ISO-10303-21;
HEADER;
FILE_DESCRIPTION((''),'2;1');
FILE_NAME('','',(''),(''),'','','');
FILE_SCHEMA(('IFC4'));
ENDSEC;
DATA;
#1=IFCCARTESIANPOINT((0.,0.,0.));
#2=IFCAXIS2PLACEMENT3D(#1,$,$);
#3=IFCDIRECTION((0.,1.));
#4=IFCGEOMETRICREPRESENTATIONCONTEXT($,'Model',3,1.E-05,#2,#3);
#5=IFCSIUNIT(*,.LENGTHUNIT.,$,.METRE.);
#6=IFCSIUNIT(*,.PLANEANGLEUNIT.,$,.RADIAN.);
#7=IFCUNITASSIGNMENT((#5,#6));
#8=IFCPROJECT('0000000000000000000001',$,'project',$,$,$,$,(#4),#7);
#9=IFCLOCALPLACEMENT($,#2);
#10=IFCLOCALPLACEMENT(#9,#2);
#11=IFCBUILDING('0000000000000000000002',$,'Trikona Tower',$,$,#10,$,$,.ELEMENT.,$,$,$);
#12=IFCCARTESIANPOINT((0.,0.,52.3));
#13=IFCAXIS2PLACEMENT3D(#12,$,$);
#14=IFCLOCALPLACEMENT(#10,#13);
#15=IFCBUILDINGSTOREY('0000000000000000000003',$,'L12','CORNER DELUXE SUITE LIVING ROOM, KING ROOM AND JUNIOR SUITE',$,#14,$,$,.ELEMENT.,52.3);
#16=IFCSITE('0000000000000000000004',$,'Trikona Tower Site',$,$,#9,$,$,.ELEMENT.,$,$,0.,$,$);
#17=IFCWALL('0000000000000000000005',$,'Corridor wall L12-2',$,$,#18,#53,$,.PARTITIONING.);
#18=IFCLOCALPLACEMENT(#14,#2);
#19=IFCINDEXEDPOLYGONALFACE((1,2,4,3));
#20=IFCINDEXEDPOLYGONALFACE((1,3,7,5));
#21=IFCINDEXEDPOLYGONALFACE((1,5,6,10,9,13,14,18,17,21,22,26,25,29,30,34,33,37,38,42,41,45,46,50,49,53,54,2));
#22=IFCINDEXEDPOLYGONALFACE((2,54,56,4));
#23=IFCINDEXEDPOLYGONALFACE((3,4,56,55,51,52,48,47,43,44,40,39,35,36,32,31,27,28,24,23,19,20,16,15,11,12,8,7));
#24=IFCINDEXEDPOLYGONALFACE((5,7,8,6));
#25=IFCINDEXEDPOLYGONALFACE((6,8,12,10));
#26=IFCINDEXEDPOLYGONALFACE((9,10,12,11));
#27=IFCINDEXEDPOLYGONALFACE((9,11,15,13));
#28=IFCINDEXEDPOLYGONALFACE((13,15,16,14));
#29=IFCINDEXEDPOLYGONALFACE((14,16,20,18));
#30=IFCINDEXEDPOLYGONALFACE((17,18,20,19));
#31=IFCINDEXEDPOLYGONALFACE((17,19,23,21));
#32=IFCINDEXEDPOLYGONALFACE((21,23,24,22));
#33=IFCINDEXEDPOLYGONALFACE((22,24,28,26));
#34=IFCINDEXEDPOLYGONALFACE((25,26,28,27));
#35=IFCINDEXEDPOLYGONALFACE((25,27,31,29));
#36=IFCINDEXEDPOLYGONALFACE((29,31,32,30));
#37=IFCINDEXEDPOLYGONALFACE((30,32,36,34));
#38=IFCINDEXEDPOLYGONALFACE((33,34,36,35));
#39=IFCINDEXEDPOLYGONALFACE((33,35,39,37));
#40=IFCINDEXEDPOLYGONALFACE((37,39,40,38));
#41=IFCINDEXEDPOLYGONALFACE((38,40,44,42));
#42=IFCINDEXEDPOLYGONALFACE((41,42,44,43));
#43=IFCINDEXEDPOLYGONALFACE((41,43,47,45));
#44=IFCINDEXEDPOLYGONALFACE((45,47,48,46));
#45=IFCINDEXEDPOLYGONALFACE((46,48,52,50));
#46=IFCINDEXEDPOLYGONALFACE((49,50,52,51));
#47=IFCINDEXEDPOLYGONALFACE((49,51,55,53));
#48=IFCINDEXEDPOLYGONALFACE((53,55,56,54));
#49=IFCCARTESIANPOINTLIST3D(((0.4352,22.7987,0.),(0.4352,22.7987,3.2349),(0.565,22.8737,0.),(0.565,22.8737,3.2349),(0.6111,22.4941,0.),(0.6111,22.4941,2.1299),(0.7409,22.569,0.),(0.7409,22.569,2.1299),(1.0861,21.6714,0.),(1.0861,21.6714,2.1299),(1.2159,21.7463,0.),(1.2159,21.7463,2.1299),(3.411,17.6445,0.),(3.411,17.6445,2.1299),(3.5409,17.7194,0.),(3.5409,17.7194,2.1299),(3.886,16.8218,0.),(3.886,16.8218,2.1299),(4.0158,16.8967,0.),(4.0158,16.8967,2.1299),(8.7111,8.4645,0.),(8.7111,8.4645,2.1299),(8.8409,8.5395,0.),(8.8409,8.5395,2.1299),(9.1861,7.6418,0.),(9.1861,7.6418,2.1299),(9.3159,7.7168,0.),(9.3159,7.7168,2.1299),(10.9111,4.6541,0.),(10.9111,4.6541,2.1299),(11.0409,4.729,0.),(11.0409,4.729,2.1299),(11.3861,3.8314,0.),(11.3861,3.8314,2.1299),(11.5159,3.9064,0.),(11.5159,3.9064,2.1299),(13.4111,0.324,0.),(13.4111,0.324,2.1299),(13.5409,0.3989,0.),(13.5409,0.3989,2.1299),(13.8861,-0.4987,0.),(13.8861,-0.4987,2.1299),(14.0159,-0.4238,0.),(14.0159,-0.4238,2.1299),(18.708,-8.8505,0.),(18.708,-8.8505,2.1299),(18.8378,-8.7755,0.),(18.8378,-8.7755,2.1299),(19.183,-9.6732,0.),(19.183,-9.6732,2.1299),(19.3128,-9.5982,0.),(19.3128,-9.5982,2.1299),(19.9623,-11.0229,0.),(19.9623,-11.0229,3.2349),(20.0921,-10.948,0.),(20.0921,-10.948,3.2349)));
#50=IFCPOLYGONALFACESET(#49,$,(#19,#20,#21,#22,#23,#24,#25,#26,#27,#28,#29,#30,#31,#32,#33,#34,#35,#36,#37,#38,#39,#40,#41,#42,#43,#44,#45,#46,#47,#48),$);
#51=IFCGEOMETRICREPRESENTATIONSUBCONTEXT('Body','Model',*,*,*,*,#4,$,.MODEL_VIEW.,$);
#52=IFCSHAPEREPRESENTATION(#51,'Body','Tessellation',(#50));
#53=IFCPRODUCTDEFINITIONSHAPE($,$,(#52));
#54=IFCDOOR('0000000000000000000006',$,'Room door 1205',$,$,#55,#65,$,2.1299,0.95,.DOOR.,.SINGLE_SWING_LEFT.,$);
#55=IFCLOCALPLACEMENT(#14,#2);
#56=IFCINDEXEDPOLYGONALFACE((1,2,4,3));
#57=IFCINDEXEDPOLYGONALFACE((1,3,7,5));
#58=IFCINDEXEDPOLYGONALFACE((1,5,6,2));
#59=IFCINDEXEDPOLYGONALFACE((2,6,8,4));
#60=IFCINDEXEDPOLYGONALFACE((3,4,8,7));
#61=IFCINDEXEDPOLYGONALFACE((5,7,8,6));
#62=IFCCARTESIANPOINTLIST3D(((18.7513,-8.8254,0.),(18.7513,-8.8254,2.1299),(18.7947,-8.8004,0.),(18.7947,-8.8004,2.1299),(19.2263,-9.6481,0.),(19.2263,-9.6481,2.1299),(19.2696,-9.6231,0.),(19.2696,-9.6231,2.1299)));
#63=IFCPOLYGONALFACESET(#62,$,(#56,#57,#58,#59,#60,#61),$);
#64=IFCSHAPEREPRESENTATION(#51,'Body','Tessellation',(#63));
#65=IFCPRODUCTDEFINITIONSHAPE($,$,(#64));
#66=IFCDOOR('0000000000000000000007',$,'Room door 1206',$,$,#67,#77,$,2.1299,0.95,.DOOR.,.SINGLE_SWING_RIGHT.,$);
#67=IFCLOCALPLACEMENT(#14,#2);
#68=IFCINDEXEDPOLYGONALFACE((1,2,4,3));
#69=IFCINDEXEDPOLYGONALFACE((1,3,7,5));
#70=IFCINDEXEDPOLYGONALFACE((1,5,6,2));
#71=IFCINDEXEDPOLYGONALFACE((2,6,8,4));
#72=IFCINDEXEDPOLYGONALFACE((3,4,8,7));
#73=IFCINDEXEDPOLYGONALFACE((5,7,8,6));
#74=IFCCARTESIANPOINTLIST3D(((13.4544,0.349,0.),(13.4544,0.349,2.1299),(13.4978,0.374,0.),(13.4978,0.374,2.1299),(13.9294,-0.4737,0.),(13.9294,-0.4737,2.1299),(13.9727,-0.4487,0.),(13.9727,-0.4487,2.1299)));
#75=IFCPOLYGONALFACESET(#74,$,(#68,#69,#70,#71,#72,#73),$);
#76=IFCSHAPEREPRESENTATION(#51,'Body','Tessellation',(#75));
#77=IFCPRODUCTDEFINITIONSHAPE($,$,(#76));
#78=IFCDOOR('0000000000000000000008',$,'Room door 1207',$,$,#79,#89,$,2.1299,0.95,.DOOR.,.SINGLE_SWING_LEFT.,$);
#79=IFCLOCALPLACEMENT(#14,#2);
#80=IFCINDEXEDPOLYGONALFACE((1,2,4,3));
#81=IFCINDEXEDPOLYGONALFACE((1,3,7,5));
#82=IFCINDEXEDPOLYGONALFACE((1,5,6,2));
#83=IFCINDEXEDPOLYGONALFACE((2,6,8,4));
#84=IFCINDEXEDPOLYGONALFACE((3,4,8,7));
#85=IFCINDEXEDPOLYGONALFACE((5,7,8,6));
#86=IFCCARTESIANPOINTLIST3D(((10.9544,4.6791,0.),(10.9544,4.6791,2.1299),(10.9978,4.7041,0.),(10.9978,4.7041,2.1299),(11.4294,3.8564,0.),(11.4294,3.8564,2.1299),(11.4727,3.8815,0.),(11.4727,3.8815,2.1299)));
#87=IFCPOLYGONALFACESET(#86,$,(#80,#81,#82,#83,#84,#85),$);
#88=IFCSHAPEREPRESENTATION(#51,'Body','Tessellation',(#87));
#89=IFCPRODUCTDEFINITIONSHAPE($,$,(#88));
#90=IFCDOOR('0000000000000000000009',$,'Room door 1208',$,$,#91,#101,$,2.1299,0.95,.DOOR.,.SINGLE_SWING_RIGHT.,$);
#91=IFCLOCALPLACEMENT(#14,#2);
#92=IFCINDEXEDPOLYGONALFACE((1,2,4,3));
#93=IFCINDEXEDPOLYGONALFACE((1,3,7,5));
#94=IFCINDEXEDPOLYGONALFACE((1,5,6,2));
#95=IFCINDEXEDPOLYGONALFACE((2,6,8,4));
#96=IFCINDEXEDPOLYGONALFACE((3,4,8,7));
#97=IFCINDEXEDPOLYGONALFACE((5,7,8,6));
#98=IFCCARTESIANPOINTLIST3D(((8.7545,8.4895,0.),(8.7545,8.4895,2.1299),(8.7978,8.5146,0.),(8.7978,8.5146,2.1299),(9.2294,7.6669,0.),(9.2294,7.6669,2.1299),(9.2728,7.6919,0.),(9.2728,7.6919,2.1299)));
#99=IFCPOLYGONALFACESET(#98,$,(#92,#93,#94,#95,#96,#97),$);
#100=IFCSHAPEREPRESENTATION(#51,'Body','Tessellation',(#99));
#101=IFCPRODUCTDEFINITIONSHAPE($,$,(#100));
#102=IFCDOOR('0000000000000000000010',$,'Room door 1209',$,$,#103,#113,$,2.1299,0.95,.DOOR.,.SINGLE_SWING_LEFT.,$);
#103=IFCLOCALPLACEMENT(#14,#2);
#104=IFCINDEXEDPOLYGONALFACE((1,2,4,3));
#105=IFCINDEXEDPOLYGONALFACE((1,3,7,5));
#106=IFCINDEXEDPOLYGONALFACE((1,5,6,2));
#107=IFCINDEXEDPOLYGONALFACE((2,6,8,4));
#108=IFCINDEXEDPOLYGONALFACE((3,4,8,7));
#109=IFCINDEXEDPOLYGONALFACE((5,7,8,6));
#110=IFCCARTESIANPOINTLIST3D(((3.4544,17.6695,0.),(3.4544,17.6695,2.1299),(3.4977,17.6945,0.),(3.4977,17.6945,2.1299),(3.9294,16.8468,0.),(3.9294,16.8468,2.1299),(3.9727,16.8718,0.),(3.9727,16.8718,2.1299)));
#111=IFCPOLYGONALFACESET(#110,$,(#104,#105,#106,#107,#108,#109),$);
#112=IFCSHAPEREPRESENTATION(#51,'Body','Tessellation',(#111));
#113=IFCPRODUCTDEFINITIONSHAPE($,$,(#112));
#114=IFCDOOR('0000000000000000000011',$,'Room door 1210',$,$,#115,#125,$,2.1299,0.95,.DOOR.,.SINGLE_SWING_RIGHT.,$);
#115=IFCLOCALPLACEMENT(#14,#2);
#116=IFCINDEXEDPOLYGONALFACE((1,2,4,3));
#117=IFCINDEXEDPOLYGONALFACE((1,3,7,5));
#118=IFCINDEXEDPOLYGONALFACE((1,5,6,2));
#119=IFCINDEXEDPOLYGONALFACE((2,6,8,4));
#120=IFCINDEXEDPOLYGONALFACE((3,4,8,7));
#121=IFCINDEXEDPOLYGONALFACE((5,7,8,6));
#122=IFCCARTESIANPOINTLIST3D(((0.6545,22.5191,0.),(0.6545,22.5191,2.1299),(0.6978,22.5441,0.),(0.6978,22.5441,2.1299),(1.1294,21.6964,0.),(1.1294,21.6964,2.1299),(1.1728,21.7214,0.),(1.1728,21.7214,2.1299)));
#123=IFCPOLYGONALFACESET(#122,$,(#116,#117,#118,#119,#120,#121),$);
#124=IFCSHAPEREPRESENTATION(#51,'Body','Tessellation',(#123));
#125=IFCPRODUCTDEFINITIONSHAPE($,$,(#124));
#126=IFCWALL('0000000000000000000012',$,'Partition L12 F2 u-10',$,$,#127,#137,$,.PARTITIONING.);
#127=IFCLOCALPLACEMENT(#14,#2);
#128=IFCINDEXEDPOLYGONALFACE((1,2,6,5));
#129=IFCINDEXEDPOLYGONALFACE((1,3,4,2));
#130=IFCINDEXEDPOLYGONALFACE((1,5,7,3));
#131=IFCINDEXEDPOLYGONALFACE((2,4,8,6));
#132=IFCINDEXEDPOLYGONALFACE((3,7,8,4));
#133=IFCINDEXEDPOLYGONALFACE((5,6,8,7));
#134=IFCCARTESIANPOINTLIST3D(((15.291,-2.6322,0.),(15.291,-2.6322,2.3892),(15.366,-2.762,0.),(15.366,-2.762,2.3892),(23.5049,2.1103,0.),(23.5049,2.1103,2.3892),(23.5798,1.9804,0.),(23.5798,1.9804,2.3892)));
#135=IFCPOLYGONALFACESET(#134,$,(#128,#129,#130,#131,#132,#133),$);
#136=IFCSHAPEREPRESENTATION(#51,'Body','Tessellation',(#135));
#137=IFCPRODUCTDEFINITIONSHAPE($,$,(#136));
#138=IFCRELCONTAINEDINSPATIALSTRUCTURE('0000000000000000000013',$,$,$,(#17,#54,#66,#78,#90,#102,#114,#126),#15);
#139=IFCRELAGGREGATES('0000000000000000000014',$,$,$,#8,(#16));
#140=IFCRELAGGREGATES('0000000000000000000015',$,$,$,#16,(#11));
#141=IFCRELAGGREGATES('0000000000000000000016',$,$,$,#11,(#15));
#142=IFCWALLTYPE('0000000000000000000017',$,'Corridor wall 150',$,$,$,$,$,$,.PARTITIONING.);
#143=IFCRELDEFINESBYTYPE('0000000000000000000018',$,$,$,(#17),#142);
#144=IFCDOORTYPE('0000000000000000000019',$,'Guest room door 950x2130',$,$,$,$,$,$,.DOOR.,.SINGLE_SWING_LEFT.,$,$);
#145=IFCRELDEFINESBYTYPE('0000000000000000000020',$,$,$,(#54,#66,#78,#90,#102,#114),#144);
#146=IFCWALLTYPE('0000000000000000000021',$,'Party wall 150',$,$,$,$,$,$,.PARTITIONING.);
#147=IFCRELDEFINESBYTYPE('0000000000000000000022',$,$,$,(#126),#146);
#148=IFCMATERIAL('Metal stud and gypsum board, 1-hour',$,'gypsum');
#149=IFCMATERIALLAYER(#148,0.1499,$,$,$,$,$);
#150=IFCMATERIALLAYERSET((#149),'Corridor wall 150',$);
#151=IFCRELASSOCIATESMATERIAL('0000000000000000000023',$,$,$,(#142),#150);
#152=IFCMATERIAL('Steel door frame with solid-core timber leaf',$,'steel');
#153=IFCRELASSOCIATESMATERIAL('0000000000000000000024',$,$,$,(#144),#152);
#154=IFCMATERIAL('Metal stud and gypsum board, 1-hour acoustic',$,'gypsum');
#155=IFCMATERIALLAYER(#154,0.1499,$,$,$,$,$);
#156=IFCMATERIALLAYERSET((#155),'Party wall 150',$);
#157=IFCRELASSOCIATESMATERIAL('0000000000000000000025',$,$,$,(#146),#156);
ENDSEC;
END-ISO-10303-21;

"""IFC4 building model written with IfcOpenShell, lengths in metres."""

from ifc_helpers import new_model, si_unit, direction, frame, frame_2d, origin, place, context, subcontext, project, spatial, rectangle, extrude, material, layer, layer_set, type_object, element, fill, save


model = new_model("IFC4")

# Units and contexts
model_context = context("Model", 3, precision=1e-05, world=origin(), true_north=direction((0.0, 1.0)))
body_context = subcontext(model_context, "Body", "Model", "MODEL_VIEW")
ifc_project = project(units=[si_unit("LENGTHUNIT", "METRE"), si_unit("PLANEANGLEUNIT", "RADIAN")], contexts=[model_context])

# Site, building, storey
site_placement = place(None, origin())
site = spatial("IfcSite", under=ifc_project, at=site_placement, Name="Trikona Tower Site", CompositionType="ELEMENT", RefElevation=0.0)
building_placement = place(site_placement, origin())
building = spatial("IfcBuilding", under=site, at=building_placement, Name="Trikona Tower", CompositionType="ELEMENT")
storey_placement = place(building_placement, frame((0.0, 0.0, 52.3)))
storey = spatial("IfcBuildingStorey", under=building, at=storey_placement, Name="L12", Description="CORNER DELUXE SUITE LIVING ROOM, KING ROOM AND JUNIOR SUITE", CompositionType="ELEMENT", Elevation=52.3)

# Wall, openings, doors
ifc_material_1 = material(Name="Metal stud and gypsum board, 1-hour", Category="gypsum")
ifc_layer_1 = layer(ifc_material_1, 0.1499)
ifc_layer_set_1 = layer_set([ifc_layer_1], Name="Corridor wall 150")
wall_type_1 = type_object("IfcWallType", Name="Corridor wall 150", PredefinedType="PARTITIONING", material=ifc_layer_set_1)
wall_1_placement = place(storey_placement, frame((20.0271, -10.9854, 0.0), z_axis=(0.0, 0.0, 1.0), x_axis=(-0.500002, 0.866024, 0.0)))
wall_1 = element("IfcWall", 1, at=wall_1_placement, inside=storey, type_object=wall_type_1, Name="Corridor wall L12-2", PredefinedType="PARTITIONING", context=body_context, shape_type="SweptSolid", body=[
    extrude(rectangle(XDim=39.054, YDim=0.1499, at=frame_2d((19.5269, 0.0))), origin(), (0.0, 0.0, 1.0), 3.2349),
])
opening_1_placement = place(wall_1_placement, frame((1.5583, 0.0, 0.0)))
opening_1 = element("IfcOpeningElement", 2, at=opening_1_placement, cuts=wall_1, PredefinedType="OPENING", context=body_context, shape_type="SweptSolid", body=[
    extrude(rectangle(XDim=0.95, YDim=2.1299, at=frame_2d((0.4751, 1.0649))), frame((0.0, 0.085, 0.0), z_axis=(0.0, -1.0, 0.0), x_axis=(1.0, 0.0, 0.0)), (0.0, 0.0, 1.0), 0.1699),
])
opening_2_placement = place(wall_1_placement, frame((12.1521, 0.0, 0.0)))
opening_2 = element("IfcOpeningElement", 3, at=opening_2_placement, cuts=wall_1, PredefinedType="OPENING", context=body_context, shape_type="SweptSolid", body=[
    extrude(rectangle(XDim=0.95, YDim=2.1299, at=frame_2d((0.4751, 1.0649))), frame((0.0, 0.085, 0.0), z_axis=(0.0, -1.0, 0.0), x_axis=(1.0, 0.0, 0.0)), (0.0, 0.0, 1.0), 0.1699),
])
opening_3_placement = place(wall_1_placement, frame((17.1521, 0.0, 0.0)))
opening_3 = element("IfcOpeningElement", 4, at=opening_3_placement, cuts=wall_1, PredefinedType="OPENING", context=body_context, shape_type="SweptSolid", body=[
    extrude(rectangle(XDim=0.95, YDim=2.1299, at=frame_2d((0.4751, 1.0649))), frame((0.0, 0.085, 0.0), z_axis=(0.0, -1.0, 0.0), x_axis=(1.0, 0.0, 0.0)), (0.0, 0.0, 1.0), 0.1699),
])
opening_4_placement = place(wall_1_placement, frame((21.552, 0.0, 0.0)))
opening_4 = element("IfcOpeningElement", 5, at=opening_4_placement, cuts=wall_1, PredefinedType="OPENING", context=body_context, shape_type="SweptSolid", body=[
    extrude(rectangle(XDim=0.95, YDim=2.1299, at=frame_2d((0.4751, 1.0649))), frame((0.0, 0.085, 0.0), z_axis=(0.0, -1.0, 0.0), x_axis=(1.0, 0.0, 0.0)), (0.0, 0.0, 1.0), 0.1699),
])
opening_5_placement = place(wall_1_placement, frame((32.1521, 0.0, 0.0)))
opening_5 = element("IfcOpeningElement", 6, at=opening_5_placement, cuts=wall_1, PredefinedType="OPENING", context=body_context, shape_type="SweptSolid", body=[
    extrude(rectangle(XDim=0.95, YDim=2.1299, at=frame_2d((0.4751, 1.0649))), frame((0.0, 0.085, 0.0), z_axis=(0.0, -1.0, 0.0), x_axis=(1.0, 0.0, 0.0)), (0.0, 0.0, 1.0), 0.1699),
])
opening_6_placement = place(wall_1_placement, frame((37.752, 0.0, 0.0)))
opening_6 = element("IfcOpeningElement", 7, at=opening_6_placement, cuts=wall_1, PredefinedType="OPENING", context=body_context, shape_type="SweptSolid", body=[
    extrude(rectangle(XDim=0.95, YDim=2.1299, at=frame_2d((0.4751, 1.0649))), frame((0.0, 0.085, 0.0), z_axis=(0.0, -1.0, 0.0), x_axis=(1.0, 0.0, 0.0)), (0.0, 0.0, 1.0), 0.1699),
])
ifc_material_2 = material(Name="Steel door frame with solid-core timber leaf", Category="steel")
door_type_1 = type_object("IfcDoorType", Name="Guest room door 950x2130", OperationType="SINGLE_SWING_LEFT", PredefinedType="DOOR", material=ifc_material_2)
door_1_placement = place(opening_1_placement, origin())
door_1 = element("IfcDoor", 8, at=door_1_placement, inside=storey, type_object=door_type_1, Name="Room door 1205", OperationType="SINGLE_SWING_LEFT", OverallHeight=2.1299, OverallWidth=0.95, PredefinedType="DOOR", context=body_context, shape_type="SweptSolid", body=[
    extrude(rectangle(XDim=0.95, YDim=2.1299, at=frame_2d((0.4751, 1.0649))), frame((0.0, 0.0249, 0.0), z_axis=(0.0, -1.0, 0.0), x_axis=(1.0, 0.0, 0.0)), (0.0, 0.0, 1.0), 0.05),
])
fill(opening_1, door_1)
door_2_placement = place(opening_2_placement, origin())
door_2 = element("IfcDoor", 9, at=door_2_placement, inside=storey, type_object=door_type_1, Name="Room door 1206", OperationType="SINGLE_SWING_RIGHT", OverallHeight=2.1299, OverallWidth=0.95, PredefinedType="DOOR", context=body_context, shape_type="SweptSolid", body=[
    extrude(rectangle(XDim=0.95, YDim=2.1299, at=frame_2d((0.4751, 1.0649))), frame((0.0, 0.0249, 0.0), z_axis=(0.0, -1.0, 0.0), x_axis=(1.0, 0.0, 0.0)), (0.0, 0.0, 1.0), 0.05),
])
fill(opening_2, door_2)
door_3_placement = place(opening_3_placement, origin())
door_3 = element("IfcDoor", 10, at=door_3_placement, inside=storey, type_object=door_type_1, Name="Room door 1207", OperationType="SINGLE_SWING_LEFT", OverallHeight=2.1299, OverallWidth=0.95, PredefinedType="DOOR", context=body_context, shape_type="SweptSolid", body=[
    extrude(rectangle(XDim=0.95, YDim=2.1299, at=frame_2d((0.4751, 1.0649))), frame((0.0, 0.0249, 0.0), z_axis=(0.0, -1.0, 0.0), x_axis=(1.0, 0.0, 0.0)), (0.0, 0.0, 1.0), 0.05),
])
fill(opening_3, door_3)
door_4_placement = place(opening_4_placement, origin())
door_4 = element("IfcDoor", 11, at=door_4_placement, inside=storey, type_object=door_type_1, Name="Room door 1208", OperationType="SINGLE_SWING_RIGHT", OverallHeight=2.1299, OverallWidth=0.95, PredefinedType="DOOR", context=body_context, shape_type="SweptSolid", body=[
    extrude(rectangle(XDim=0.95, YDim=2.1299, at=frame_2d((0.4751, 1.0649))), frame((0.0, 0.0249, 0.0), z_axis=(0.0, -1.0, 0.0), x_axis=(1.0, 0.0, 0.0)), (0.0, 0.0, 1.0), 0.05),
])
fill(opening_4, door_4)
door_5_placement = place(opening_5_placement, origin())
door_5 = element("IfcDoor", 12, at=door_5_placement, inside=storey, type_object=door_type_1, Name="Room door 1209", OperationType="SINGLE_SWING_LEFT", OverallHeight=2.1299, OverallWidth=0.95, PredefinedType="DOOR", context=body_context, shape_type="SweptSolid", body=[
    extrude(rectangle(XDim=0.95, YDim=2.1299, at=frame_2d((0.4751, 1.0649))), frame((0.0, 0.0249, 0.0), z_axis=(0.0, -1.0, 0.0), x_axis=(1.0, 0.0, 0.0)), (0.0, 0.0, 1.0), 0.05),
])
fill(opening_5, door_5)
door_6_placement = place(opening_6_placement, origin())
door_6 = element("IfcDoor", 13, at=door_6_placement, inside=storey, type_object=door_type_1, Name="Room door 1210", OperationType="SINGLE_SWING_RIGHT", OverallHeight=2.1299, OverallWidth=0.95, PredefinedType="DOOR", context=body_context, shape_type="SweptSolid", body=[
    extrude(rectangle(XDim=0.95, YDim=2.1299, at=frame_2d((0.4751, 1.0649))), frame((0.0, 0.0249, 0.0), z_axis=(0.0, -1.0, 0.0), x_axis=(1.0, 0.0, 0.0)), (0.0, 0.0, 1.0), 0.05),
])
fill(opening_6, door_6)

# Wall
ifc_material_3 = material(Name="Metal stud and gypsum board, 1-hour acoustic", Category="gypsum")
ifc_layer_2 = layer(ifc_material_3, 0.1499)
ifc_layer_set_2 = layer_set([ifc_layer_2], Name="Party wall 150")
wall_type_2 = type_object("IfcWallType", Name="Party wall 150", PredefinedType="PARTITIONING", material=ifc_layer_set_2)
wall_2_placement = place(storey_placement, frame((15.3286, -2.697, 0.0), z_axis=(0.0, 0.0, 1.0), x_axis=(0.866018, 0.500012, 0.0)))
element("IfcWall", 14, at=wall_2_placement, inside=storey, type_object=wall_type_2, Name="Partition L12 F2 u-10", PredefinedType="PARTITIONING", context=body_context, shape_type="SweptSolid", body=[
    extrude(rectangle(XDim=9.4846, YDim=0.1499, at=frame_2d((4.7422, 0.0))), origin(), (0.0, 0.0, 1.0), 2.3892),
])

save(model, "model.ifc")
